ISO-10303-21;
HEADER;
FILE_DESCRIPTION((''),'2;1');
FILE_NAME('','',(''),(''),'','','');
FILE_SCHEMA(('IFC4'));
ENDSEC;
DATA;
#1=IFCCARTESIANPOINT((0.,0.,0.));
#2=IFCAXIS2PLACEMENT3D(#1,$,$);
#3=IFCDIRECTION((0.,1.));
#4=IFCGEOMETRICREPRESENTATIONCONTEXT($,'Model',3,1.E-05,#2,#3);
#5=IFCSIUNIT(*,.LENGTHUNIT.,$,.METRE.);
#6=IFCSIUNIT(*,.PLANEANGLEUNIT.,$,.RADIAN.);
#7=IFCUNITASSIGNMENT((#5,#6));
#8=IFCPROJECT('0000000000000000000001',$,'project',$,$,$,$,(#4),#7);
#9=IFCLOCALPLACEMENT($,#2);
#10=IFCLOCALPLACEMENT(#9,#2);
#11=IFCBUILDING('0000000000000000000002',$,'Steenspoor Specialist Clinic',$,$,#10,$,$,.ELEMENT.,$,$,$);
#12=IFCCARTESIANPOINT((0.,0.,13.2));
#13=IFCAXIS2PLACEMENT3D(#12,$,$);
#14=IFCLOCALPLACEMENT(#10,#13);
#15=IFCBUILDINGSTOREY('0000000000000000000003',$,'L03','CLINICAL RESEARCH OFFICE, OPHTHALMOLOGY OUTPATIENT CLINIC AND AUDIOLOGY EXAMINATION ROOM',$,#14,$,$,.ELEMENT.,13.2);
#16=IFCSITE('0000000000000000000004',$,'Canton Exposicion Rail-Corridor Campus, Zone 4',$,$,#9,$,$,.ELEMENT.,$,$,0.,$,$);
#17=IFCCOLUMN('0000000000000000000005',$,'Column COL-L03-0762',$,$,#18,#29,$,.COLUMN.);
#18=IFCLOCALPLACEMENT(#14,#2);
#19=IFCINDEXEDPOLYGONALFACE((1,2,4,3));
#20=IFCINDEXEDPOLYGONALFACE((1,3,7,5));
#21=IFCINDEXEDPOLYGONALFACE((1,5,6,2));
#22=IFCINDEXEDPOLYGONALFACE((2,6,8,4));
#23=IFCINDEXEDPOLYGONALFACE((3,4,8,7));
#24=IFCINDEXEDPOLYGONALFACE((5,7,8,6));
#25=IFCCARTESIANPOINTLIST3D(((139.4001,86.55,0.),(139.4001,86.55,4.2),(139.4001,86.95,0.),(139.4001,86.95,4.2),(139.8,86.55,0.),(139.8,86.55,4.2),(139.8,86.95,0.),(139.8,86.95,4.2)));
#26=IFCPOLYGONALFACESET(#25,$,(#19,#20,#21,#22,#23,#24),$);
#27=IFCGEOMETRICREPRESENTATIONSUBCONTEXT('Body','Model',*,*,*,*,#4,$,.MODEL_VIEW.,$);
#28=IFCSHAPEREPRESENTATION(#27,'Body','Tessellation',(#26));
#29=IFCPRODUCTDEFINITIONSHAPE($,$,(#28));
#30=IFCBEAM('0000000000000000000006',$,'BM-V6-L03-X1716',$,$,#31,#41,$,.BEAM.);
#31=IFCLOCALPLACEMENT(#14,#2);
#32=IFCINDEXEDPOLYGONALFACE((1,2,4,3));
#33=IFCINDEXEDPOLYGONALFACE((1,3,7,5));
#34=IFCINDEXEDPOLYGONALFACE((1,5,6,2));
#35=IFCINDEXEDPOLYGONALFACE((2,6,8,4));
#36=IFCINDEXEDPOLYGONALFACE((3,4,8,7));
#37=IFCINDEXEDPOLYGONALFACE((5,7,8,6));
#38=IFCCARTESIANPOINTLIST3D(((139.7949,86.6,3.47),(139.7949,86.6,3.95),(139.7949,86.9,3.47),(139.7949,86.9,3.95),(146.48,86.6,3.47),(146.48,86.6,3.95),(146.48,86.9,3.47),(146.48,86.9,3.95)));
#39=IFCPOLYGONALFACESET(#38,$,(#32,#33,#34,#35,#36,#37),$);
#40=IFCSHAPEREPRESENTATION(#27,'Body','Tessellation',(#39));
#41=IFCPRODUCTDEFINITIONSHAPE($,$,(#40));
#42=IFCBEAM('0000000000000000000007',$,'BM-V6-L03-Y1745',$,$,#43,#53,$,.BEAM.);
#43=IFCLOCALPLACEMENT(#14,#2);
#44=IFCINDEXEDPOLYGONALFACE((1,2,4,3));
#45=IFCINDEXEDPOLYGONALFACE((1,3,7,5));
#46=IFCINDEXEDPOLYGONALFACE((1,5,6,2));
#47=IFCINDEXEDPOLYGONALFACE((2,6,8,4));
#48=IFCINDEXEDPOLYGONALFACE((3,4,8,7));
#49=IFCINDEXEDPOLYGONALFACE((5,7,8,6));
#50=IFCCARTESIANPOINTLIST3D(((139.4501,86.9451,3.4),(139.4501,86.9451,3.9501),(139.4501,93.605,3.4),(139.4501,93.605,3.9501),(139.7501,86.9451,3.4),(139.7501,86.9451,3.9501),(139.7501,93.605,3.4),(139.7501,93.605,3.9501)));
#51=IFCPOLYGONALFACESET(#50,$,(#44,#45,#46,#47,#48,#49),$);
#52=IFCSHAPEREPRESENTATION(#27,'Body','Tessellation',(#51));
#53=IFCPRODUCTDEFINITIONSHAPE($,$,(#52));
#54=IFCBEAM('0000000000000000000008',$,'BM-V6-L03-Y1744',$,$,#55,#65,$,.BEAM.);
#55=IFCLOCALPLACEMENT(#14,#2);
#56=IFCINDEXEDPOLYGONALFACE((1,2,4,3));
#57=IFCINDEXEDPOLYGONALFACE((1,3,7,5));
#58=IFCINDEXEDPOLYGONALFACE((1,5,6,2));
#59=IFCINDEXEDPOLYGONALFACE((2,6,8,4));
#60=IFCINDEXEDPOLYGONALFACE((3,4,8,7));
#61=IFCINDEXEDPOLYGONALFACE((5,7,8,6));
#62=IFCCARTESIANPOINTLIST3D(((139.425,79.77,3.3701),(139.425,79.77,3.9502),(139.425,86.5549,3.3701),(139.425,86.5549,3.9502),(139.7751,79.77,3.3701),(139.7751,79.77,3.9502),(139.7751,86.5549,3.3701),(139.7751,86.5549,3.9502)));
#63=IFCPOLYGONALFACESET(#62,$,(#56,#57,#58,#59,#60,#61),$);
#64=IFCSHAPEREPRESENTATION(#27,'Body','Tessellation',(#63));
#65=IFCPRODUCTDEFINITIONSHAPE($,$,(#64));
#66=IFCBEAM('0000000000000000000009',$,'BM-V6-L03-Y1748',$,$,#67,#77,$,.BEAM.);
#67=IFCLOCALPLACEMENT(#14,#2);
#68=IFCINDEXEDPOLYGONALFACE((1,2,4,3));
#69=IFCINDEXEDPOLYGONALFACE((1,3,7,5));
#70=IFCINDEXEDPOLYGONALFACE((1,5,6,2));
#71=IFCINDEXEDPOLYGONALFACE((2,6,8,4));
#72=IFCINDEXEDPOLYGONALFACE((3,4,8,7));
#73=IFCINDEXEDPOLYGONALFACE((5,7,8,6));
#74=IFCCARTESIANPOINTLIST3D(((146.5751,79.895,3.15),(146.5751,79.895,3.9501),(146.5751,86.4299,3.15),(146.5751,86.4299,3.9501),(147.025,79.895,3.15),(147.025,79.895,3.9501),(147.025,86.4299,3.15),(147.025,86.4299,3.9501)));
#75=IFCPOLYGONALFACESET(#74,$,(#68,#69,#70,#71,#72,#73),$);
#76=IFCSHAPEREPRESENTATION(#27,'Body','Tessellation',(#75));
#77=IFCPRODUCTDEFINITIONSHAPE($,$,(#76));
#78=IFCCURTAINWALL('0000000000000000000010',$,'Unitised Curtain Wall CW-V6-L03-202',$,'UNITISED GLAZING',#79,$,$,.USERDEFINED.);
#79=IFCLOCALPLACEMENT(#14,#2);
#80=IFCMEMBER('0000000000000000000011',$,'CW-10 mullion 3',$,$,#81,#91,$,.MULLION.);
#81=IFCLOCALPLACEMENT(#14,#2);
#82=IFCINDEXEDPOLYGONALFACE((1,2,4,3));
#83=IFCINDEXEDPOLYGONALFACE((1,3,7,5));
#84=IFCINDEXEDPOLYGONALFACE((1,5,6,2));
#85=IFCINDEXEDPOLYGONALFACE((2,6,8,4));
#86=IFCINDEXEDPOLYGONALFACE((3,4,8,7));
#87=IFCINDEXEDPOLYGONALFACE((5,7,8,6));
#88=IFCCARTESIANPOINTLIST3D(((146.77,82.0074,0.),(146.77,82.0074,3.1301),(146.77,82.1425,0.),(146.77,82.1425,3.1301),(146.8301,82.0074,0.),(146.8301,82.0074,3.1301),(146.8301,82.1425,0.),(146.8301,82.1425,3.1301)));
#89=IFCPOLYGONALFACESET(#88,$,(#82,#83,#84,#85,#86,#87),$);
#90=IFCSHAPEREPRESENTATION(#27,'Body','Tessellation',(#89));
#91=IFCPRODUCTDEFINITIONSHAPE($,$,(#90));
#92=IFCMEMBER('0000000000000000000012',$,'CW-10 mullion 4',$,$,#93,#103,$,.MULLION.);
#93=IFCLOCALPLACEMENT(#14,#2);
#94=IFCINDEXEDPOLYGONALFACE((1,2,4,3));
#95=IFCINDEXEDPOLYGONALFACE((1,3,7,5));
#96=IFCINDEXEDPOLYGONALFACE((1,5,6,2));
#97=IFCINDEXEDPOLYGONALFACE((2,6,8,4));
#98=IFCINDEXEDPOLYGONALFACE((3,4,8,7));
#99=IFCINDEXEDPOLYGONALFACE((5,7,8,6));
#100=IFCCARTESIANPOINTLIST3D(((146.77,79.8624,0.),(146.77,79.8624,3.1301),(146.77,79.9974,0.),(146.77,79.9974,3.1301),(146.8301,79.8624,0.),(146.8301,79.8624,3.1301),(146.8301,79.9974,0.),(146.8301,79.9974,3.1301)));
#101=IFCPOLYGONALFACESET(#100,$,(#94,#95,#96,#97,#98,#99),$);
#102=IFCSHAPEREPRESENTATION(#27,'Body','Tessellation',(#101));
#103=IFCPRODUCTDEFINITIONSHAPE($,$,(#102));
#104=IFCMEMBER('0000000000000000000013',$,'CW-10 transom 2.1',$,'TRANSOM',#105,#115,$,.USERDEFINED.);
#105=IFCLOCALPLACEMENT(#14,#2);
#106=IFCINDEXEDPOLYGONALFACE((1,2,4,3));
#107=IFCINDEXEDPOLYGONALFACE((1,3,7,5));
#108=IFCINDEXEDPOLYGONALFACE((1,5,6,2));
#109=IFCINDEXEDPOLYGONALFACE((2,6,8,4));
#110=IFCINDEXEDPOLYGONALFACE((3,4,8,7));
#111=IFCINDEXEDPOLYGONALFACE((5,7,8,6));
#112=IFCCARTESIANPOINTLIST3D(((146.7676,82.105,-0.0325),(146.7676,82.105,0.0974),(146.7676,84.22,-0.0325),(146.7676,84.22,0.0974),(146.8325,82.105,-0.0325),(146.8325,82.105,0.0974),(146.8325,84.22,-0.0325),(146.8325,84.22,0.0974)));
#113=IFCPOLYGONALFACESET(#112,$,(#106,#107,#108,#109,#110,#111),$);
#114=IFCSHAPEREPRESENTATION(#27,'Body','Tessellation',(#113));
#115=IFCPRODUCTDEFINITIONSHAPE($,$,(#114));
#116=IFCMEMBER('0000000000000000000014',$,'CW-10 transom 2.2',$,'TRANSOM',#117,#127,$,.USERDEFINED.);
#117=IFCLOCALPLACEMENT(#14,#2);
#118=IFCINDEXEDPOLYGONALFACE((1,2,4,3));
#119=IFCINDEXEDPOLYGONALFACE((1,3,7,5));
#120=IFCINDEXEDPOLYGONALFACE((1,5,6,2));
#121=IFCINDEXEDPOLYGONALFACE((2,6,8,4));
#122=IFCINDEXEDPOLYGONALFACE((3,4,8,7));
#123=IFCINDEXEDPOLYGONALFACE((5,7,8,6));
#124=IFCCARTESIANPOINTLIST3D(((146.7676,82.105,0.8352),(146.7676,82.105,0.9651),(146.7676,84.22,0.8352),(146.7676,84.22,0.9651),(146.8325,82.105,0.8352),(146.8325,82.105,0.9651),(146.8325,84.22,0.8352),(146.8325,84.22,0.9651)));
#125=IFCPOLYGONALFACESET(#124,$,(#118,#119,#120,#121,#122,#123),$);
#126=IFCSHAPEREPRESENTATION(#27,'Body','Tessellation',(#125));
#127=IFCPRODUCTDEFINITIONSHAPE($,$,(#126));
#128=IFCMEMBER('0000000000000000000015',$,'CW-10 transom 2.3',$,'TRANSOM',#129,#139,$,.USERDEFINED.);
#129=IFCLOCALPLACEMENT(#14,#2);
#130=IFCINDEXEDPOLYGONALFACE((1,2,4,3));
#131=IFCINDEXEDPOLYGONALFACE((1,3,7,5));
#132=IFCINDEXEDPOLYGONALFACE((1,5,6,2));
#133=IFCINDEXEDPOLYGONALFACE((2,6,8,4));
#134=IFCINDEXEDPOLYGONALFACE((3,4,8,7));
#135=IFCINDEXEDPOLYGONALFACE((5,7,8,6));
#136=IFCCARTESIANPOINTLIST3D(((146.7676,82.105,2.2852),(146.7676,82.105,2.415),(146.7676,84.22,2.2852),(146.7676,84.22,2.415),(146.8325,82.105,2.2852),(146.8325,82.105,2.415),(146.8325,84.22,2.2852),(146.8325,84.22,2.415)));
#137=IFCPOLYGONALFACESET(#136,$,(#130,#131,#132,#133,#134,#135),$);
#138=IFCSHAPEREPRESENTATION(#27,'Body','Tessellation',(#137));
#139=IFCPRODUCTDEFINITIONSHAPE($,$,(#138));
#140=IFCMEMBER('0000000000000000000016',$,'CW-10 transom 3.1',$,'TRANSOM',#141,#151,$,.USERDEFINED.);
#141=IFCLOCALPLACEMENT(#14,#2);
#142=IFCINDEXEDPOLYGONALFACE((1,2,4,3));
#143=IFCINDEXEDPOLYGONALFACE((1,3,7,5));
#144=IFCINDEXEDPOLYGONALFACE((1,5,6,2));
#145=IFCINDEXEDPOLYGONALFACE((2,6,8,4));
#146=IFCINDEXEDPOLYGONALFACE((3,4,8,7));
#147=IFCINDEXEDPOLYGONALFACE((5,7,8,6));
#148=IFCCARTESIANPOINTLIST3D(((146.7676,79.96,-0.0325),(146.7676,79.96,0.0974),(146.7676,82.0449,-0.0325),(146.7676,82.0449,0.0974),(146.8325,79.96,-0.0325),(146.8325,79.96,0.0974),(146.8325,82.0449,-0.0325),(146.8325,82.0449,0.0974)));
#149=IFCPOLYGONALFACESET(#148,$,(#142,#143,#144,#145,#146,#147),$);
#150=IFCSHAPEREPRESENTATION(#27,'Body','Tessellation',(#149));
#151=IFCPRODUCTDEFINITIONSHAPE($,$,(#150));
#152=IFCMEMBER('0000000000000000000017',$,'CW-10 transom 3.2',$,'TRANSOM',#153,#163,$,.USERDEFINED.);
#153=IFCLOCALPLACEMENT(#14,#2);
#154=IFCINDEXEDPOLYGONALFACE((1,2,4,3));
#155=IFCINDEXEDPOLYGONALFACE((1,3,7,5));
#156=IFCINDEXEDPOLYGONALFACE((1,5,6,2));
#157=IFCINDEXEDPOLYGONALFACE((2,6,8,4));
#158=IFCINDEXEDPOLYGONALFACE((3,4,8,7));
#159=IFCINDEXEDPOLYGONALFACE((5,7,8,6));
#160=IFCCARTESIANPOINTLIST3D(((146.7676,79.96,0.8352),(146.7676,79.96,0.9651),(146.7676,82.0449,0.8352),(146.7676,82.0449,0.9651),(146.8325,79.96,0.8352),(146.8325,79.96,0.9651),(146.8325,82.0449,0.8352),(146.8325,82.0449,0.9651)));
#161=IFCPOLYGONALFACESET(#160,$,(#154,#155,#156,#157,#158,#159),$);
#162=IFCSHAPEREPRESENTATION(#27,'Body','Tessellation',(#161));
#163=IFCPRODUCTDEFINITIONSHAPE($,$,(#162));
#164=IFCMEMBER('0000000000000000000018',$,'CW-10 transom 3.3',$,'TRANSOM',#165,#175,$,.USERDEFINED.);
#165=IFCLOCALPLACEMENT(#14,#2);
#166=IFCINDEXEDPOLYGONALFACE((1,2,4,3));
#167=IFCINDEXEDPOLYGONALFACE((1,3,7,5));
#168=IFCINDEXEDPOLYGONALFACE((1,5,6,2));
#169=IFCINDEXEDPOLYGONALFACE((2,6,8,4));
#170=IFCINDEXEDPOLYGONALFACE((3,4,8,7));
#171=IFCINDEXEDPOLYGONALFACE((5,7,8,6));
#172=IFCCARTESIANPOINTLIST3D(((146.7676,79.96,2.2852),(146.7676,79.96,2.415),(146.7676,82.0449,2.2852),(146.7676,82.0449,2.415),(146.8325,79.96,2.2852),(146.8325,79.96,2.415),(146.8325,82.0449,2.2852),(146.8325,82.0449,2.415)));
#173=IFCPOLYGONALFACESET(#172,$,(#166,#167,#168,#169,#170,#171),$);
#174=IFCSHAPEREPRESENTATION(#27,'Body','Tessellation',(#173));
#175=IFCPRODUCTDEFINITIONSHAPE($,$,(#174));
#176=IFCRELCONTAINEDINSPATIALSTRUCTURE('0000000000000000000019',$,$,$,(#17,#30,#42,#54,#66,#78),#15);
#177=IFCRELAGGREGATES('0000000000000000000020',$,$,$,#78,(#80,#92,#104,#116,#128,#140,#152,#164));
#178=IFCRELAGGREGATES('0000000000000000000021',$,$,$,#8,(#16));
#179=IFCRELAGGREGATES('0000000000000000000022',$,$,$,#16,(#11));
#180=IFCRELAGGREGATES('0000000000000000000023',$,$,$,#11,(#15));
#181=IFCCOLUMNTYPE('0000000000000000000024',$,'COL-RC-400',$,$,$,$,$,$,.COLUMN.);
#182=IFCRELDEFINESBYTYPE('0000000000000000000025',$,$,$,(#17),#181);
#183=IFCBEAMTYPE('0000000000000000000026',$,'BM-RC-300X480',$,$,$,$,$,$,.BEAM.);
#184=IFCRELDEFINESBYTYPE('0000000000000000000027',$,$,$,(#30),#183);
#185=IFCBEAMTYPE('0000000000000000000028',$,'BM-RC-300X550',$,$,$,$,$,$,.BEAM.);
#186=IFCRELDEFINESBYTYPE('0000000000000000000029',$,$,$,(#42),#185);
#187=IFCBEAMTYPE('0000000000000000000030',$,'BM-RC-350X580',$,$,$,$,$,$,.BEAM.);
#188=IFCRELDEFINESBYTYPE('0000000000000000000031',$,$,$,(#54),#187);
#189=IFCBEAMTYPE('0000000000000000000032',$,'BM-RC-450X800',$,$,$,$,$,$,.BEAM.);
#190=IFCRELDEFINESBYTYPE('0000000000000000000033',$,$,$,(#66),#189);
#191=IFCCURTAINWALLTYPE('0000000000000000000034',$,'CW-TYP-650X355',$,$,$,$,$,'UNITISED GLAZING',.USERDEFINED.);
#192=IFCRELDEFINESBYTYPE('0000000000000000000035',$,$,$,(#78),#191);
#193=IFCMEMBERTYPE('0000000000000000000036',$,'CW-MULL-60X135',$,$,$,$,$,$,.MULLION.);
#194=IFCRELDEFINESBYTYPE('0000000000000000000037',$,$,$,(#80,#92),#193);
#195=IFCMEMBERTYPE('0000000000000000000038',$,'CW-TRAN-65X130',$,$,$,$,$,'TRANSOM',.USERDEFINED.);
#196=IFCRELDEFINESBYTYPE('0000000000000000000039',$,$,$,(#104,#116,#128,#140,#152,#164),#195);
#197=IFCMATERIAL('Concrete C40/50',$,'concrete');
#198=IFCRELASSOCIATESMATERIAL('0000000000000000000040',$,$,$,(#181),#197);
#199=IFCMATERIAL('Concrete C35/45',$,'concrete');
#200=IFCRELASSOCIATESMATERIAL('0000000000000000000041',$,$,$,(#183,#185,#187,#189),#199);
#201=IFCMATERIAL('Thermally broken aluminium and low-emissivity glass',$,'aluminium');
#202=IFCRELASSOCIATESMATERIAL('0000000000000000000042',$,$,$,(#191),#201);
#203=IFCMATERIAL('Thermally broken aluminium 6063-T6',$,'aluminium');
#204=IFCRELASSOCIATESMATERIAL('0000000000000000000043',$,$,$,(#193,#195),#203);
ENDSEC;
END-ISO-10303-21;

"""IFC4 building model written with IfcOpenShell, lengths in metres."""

from ifc_helpers import new_model, si_unit, direction, frame, origin, origin_2d, place, context, subcontext, project, spatial, rectangle, extrude, material, material_profile, profile_set, type_object, element, aggregate, save


model = new_model("IFC4")

# Units and contexts
model_context = context("Model", 3, precision=1e-05, world=origin(), true_north=direction((0.0, 1.0)))
body_context = subcontext(model_context, "Body", "Model", "MODEL_VIEW")
ifc_project = project(units=[si_unit("LENGTHUNIT", "METRE"), si_unit("PLANEANGLEUNIT", "RADIAN")], contexts=[model_context])

# Site, building, storey
site_placement = place(None, origin())
site = spatial("IfcSite", under=ifc_project, at=site_placement, Name="Canton Exposicion Rail-Corridor Campus, Zone 4", CompositionType="ELEMENT", RefElevation=0.0)
building_placement = place(site_placement, origin())
building = spatial("IfcBuilding", under=site, at=building_placement, Name="Steenspoor Specialist Clinic", CompositionType="ELEMENT")
storey_placement = place(building_placement, frame((0.0, 0.0, 13.2)))
storey = spatial("IfcBuildingStorey", under=building, at=storey_placement, Name="L03", Description="CLINICAL RESEARCH OFFICE, OPHTHALMOLOGY OUTPATIENT CLINIC AND AUDIOLOGY EXAMINATION ROOM", CompositionType="ELEMENT", Elevation=13.2)

# Column
ifc_material_1 = material(Name="Concrete C40/50", Category="concrete")
ifc_material_profile_1 = material_profile(ifc_material_1, rectangle(XDim=0.3999, YDim=0.3999, at=origin_2d()), Name="RC-COL-400X400")
ifc_profile_set_1 = profile_set([ifc_material_profile_1], Name="Concrete C40/50")
column_type = type_object("IfcColumnType", Name="COL-RC-400", PredefinedType="COLUMN", material=ifc_profile_set_1)
column_placement = place(storey_placement, frame((139.6001, 86.75, 0.0), z_axis=(0.0, 0.0, 1.0), x_axis=(1.0, 0.0, 0.0)))
element("IfcColumn", 1, at=column_placement, inside=storey, type_object=column_type, Name="Column COL-L03-0762", PredefinedType="COLUMN", context=body_context, shape_type="SweptSolid", body=[
    extrude(rectangle(XDim=0.3999, YDim=0.3999, at=origin_2d()), origin(), (0.0, 0.0, 1.0), 4.2),
])

# Beams
ifc_material_2 = material(Name="Concrete C35/45", Category="concrete")
ifc_material_profile_2 = material_profile(ifc_material_2, rectangle(XDim=0.3, YDim=0.48, at=origin_2d()), Name="RC-BM-300X480")
ifc_profile_set_2 = profile_set([ifc_material_profile_2], Name="Concrete C35/45")
beam_type_1 = type_object("IfcBeamType", Name="BM-RC-300X480", PredefinedType="BEAM", material=ifc_profile_set_2)
beam_1_placement = place(storey_placement, frame((139.7949, 86.75, 3.71), z_axis=(1.0, 0.0, 0.0), x_axis=(0.0, 1.0, 0.0)))
element("IfcBeam", 2, at=beam_1_placement, inside=storey, type_object=beam_type_1, Name="BM-V6-L03-X1716", PredefinedType="BEAM", context=body_context, shape_type="SweptSolid", body=[
    extrude(rectangle(XDim=0.3, YDim=0.48, at=origin_2d()), origin(), (0.0, 0.0, 1.0), 6.6851),
])
ifc_material_profile_3 = material_profile(ifc_material_2, rectangle(XDim=0.3, YDim=0.55, at=origin_2d()), Name="RC-BM-300X550")
ifc_profile_set_3 = profile_set([ifc_material_profile_3], Name="Concrete C35/45")
beam_type_2 = type_object("IfcBeamType", Name="BM-RC-300X550", PredefinedType="BEAM", material=ifc_profile_set_3)
beam_2_placement = place(storey_placement, frame((139.6001, 86.9451, 3.675), z_axis=(0.0, 1.0, 0.0), x_axis=(-1.0, 0.0, 0.0)))
element("IfcBeam", 3, at=beam_2_placement, inside=storey, type_object=beam_type_2, Name="BM-V6-L03-Y1745", PredefinedType="BEAM", context=body_context, shape_type="SweptSolid", body=[
    extrude(rectangle(XDim=0.3, YDim=0.55, at=origin_2d()), origin(), (0.0, 0.0, 1.0), 6.6599),
])
ifc_material_profile_4 = material_profile(ifc_material_2, rectangle(XDim=0.3501, YDim=0.5801, at=origin_2d()), Name="RC-BM-350X580")
ifc_profile_set_4 = profile_set([ifc_material_profile_4], Name="Concrete C35/45")
beam_type_3 = type_object("IfcBeamType", Name="BM-RC-350X580", PredefinedType="BEAM", material=ifc_profile_set_4)
beam_3_placement = place(storey_placement, frame((139.6001, 79.77, 3.6602), z_axis=(0.0, 1.0, 0.0), x_axis=(-1.0, 0.0, 0.0)))
element("IfcBeam", 4, at=beam_3_placement, inside=storey, type_object=beam_type_3, Name="BM-V6-L03-Y1744", PredefinedType="BEAM", context=body_context, shape_type="SweptSolid", body=[
    extrude(rectangle(XDim=0.3501, YDim=0.5801, at=origin_2d()), origin(), (0.0, 0.0, 1.0), 6.7849),
])
ifc_material_profile_5 = material_profile(ifc_material_2, rectangle(XDim=0.45, YDim=0.8, at=origin_2d()), Name="RC-BM-450X800")
ifc_profile_set_5 = profile_set([ifc_material_profile_5], Name="Concrete C35/45")
beam_type_4 = type_object("IfcBeamType", Name="BM-RC-450X800", PredefinedType="BEAM", material=ifc_profile_set_5)
beam_4_placement = place(storey_placement, frame((146.8, 79.895, 3.55), z_axis=(0.0, 1.0, 0.0), x_axis=(-1.0, 0.0, 0.0)))
element("IfcBeam", 5, at=beam_4_placement, inside=storey, type_object=beam_type_4, Name="BM-V6-L03-Y1748", PredefinedType="BEAM", context=body_context, shape_type="SweptSolid", body=[
    extrude(rectangle(XDim=0.45, YDim=0.8, at=origin_2d()), origin(), (0.0, 0.0, 1.0), 6.5349),
])

# Curtain wall, members
ifc_material_3 = material(Name="Thermally broken aluminium and low-emissivity glass", Category="aluminium")
curtain_wall_type = type_object("IfcCurtainWallType", Name="CW-TYP-650X355", ElementType="UNITISED GLAZING", PredefinedType="USERDEFINED", material=ifc_material_3)
curtain_wall_placement = place(storey_placement, origin())
curtain_wall = element("IfcCurtainWall", 6, at=curtain_wall_placement, inside=storey, type_object=curtain_wall_type, Name="Unitised Curtain Wall CW-V6-L03-202", ObjectType="UNITISED GLAZING", PredefinedType="USERDEFINED")
ifc_material_4 = material(Name="Thermally broken aluminium 6063-T6", Category="aluminium")
ifc_material_profile_6 = material_profile(ifc_material_4, rectangle(XDim=0.0601, YDim=0.135, at=origin_2d()), Name="CWM-60X135")
ifc_profile_set_6 = profile_set([ifc_material_profile_6], Name="Thermally broken aluminium 6063-T6")
member_type_1 = type_object("IfcMemberType", Name="CW-MULL-60X135", PredefinedType="MULLION", material=ifc_profile_set_6)
member_1_placement = place(storey_placement, frame((146.8, 82.075, 0.0), z_axis=(0.0, 0.0, 1.0), x_axis=(1.0, 0.0, 0.0)))
member_1 = element("IfcMember", 7, at=member_1_placement, type_object=member_type_1, Name="CW-10 mullion 3", PredefinedType="MULLION", context=body_context, shape_type="SweptSolid", body=[
    extrude(rectangle(XDim=0.0601, YDim=0.135, at=origin_2d()), origin(), (0.0, 0.0, 1.0), 3.1301),
])
member_2_placement = place(storey_placement, frame((146.8, 79.9299, 0.0), z_axis=(0.0, 0.0, 1.0), x_axis=(1.0, 0.0, 0.0)))
member_2 = element("IfcMember", 8, at=member_2_placement, type_object=member_type_1, Name="CW-10 mullion 4", PredefinedType="MULLION", context=body_context, shape_type="SweptSolid", body=[
    extrude(rectangle(XDim=0.0601, YDim=0.135, at=origin_2d()), origin(), (0.0, 0.0, 1.0), 3.1301),
])
ifc_material_profile_7 = material_profile(ifc_material_4, rectangle(XDim=0.0649, YDim=0.1299, at=origin_2d()), Name="CWT-65X130")
ifc_profile_set_7 = profile_set([ifc_material_profile_7], Name="Thermally broken aluminium 6063-T6")
member_type_2 = type_object("IfcMemberType", Name="CW-TRAN-65X130", ElementType="TRANSOM", PredefinedType="USERDEFINED", material=ifc_profile_set_7)
member_3_placement = place(storey_placement, frame((146.8, 84.22, 0.0325), z_axis=(0.0, -1.0, 0.0), x_axis=(1.0, 0.0, 0.0)))
member_3 = element("IfcMember", 9, at=member_3_placement, type_object=member_type_2, Name="CW-10 transom 2.1", ObjectType="TRANSOM", PredefinedType="USERDEFINED", context=body_context, shape_type="SweptSolid", body=[
    extrude(rectangle(XDim=0.0649, YDim=0.1299, at=origin_2d()), origin(), (0.0, 0.0, 1.0), 2.115),
])
member_4_placement = place(storey_placement, frame((146.8, 84.22, 0.9001), z_axis=(0.0, -1.0, 0.0), x_axis=(1.0, 0.0, 0.0)))
member_4 = element("IfcMember", 10, at=member_4_placement, type_object=member_type_2, Name="CW-10 transom 2.2", ObjectType="TRANSOM", PredefinedType="USERDEFINED", context=body_context, shape_type="SweptSolid", body=[
    extrude(rectangle(XDim=0.0649, YDim=0.1299, at=origin_2d()), origin(), (0.0, 0.0, 1.0), 2.115),
])
member_5_placement = place(storey_placement, frame((146.8, 84.22, 2.3501), z_axis=(0.0, -1.0, 0.0), x_axis=(1.0, 0.0, 0.0)))
member_5 = element("IfcMember", 11, at=member_5_placement, type_object=member_type_2, Name="CW-10 transom 2.3", ObjectType="TRANSOM", PredefinedType="USERDEFINED", context=body_context, shape_type="SweptSolid", body=[
    extrude(rectangle(XDim=0.0649, YDim=0.1299, at=origin_2d()), origin(), (0.0, 0.0, 1.0), 2.115),
])
member_6_placement = place(storey_placement, frame((146.8, 82.0449, 0.0325), z_axis=(0.0, -1.0, 0.0), x_axis=(1.0, 0.0, 0.0)))
member_6 = element("IfcMember", 12, at=member_6_placement, type_object=member_type_2, Name="CW-10 transom 3.1", ObjectType="TRANSOM", PredefinedType="USERDEFINED", context=body_context, shape_type="SweptSolid", body=[
    extrude(rectangle(XDim=0.0649, YDim=0.1299, at=origin_2d()), origin(), (0.0, 0.0, 1.0), 2.085),
])
member_7_placement = place(storey_placement, frame((146.8, 82.0449, 0.9001), z_axis=(0.0, -1.0, 0.0), x_axis=(1.0, 0.0, 0.0)))
member_7 = element("IfcMember", 13, at=member_7_placement, type_object=member_type_2, Name="CW-10 transom 3.2", ObjectType="TRANSOM", PredefinedType="USERDEFINED", context=body_context, shape_type="SweptSolid", body=[
    extrude(rectangle(XDim=0.0649, YDim=0.1299, at=origin_2d()), origin(), (0.0, 0.0, 1.0), 2.085),
])
member_8_placement = place(storey_placement, frame((146.8, 82.0449, 2.3501), z_axis=(0.0, -1.0, 0.0), x_axis=(1.0, 0.0, 0.0)))
member_8 = element("IfcMember", 14, at=member_8_placement, type_object=member_type_2, Name="CW-10 transom 3.3", ObjectType="TRANSOM", PredefinedType="USERDEFINED", context=body_context, shape_type="SweptSolid", body=[
    extrude(rectangle(XDim=0.0649, YDim=0.1299, at=origin_2d()), origin(), (0.0, 0.0, 1.0), 2.085),
])

aggregate(curtain_wall, [member_1, member_2, member_3, member_4, member_5, member_6, member_7, member_8])

save(model, "model.ifc")
